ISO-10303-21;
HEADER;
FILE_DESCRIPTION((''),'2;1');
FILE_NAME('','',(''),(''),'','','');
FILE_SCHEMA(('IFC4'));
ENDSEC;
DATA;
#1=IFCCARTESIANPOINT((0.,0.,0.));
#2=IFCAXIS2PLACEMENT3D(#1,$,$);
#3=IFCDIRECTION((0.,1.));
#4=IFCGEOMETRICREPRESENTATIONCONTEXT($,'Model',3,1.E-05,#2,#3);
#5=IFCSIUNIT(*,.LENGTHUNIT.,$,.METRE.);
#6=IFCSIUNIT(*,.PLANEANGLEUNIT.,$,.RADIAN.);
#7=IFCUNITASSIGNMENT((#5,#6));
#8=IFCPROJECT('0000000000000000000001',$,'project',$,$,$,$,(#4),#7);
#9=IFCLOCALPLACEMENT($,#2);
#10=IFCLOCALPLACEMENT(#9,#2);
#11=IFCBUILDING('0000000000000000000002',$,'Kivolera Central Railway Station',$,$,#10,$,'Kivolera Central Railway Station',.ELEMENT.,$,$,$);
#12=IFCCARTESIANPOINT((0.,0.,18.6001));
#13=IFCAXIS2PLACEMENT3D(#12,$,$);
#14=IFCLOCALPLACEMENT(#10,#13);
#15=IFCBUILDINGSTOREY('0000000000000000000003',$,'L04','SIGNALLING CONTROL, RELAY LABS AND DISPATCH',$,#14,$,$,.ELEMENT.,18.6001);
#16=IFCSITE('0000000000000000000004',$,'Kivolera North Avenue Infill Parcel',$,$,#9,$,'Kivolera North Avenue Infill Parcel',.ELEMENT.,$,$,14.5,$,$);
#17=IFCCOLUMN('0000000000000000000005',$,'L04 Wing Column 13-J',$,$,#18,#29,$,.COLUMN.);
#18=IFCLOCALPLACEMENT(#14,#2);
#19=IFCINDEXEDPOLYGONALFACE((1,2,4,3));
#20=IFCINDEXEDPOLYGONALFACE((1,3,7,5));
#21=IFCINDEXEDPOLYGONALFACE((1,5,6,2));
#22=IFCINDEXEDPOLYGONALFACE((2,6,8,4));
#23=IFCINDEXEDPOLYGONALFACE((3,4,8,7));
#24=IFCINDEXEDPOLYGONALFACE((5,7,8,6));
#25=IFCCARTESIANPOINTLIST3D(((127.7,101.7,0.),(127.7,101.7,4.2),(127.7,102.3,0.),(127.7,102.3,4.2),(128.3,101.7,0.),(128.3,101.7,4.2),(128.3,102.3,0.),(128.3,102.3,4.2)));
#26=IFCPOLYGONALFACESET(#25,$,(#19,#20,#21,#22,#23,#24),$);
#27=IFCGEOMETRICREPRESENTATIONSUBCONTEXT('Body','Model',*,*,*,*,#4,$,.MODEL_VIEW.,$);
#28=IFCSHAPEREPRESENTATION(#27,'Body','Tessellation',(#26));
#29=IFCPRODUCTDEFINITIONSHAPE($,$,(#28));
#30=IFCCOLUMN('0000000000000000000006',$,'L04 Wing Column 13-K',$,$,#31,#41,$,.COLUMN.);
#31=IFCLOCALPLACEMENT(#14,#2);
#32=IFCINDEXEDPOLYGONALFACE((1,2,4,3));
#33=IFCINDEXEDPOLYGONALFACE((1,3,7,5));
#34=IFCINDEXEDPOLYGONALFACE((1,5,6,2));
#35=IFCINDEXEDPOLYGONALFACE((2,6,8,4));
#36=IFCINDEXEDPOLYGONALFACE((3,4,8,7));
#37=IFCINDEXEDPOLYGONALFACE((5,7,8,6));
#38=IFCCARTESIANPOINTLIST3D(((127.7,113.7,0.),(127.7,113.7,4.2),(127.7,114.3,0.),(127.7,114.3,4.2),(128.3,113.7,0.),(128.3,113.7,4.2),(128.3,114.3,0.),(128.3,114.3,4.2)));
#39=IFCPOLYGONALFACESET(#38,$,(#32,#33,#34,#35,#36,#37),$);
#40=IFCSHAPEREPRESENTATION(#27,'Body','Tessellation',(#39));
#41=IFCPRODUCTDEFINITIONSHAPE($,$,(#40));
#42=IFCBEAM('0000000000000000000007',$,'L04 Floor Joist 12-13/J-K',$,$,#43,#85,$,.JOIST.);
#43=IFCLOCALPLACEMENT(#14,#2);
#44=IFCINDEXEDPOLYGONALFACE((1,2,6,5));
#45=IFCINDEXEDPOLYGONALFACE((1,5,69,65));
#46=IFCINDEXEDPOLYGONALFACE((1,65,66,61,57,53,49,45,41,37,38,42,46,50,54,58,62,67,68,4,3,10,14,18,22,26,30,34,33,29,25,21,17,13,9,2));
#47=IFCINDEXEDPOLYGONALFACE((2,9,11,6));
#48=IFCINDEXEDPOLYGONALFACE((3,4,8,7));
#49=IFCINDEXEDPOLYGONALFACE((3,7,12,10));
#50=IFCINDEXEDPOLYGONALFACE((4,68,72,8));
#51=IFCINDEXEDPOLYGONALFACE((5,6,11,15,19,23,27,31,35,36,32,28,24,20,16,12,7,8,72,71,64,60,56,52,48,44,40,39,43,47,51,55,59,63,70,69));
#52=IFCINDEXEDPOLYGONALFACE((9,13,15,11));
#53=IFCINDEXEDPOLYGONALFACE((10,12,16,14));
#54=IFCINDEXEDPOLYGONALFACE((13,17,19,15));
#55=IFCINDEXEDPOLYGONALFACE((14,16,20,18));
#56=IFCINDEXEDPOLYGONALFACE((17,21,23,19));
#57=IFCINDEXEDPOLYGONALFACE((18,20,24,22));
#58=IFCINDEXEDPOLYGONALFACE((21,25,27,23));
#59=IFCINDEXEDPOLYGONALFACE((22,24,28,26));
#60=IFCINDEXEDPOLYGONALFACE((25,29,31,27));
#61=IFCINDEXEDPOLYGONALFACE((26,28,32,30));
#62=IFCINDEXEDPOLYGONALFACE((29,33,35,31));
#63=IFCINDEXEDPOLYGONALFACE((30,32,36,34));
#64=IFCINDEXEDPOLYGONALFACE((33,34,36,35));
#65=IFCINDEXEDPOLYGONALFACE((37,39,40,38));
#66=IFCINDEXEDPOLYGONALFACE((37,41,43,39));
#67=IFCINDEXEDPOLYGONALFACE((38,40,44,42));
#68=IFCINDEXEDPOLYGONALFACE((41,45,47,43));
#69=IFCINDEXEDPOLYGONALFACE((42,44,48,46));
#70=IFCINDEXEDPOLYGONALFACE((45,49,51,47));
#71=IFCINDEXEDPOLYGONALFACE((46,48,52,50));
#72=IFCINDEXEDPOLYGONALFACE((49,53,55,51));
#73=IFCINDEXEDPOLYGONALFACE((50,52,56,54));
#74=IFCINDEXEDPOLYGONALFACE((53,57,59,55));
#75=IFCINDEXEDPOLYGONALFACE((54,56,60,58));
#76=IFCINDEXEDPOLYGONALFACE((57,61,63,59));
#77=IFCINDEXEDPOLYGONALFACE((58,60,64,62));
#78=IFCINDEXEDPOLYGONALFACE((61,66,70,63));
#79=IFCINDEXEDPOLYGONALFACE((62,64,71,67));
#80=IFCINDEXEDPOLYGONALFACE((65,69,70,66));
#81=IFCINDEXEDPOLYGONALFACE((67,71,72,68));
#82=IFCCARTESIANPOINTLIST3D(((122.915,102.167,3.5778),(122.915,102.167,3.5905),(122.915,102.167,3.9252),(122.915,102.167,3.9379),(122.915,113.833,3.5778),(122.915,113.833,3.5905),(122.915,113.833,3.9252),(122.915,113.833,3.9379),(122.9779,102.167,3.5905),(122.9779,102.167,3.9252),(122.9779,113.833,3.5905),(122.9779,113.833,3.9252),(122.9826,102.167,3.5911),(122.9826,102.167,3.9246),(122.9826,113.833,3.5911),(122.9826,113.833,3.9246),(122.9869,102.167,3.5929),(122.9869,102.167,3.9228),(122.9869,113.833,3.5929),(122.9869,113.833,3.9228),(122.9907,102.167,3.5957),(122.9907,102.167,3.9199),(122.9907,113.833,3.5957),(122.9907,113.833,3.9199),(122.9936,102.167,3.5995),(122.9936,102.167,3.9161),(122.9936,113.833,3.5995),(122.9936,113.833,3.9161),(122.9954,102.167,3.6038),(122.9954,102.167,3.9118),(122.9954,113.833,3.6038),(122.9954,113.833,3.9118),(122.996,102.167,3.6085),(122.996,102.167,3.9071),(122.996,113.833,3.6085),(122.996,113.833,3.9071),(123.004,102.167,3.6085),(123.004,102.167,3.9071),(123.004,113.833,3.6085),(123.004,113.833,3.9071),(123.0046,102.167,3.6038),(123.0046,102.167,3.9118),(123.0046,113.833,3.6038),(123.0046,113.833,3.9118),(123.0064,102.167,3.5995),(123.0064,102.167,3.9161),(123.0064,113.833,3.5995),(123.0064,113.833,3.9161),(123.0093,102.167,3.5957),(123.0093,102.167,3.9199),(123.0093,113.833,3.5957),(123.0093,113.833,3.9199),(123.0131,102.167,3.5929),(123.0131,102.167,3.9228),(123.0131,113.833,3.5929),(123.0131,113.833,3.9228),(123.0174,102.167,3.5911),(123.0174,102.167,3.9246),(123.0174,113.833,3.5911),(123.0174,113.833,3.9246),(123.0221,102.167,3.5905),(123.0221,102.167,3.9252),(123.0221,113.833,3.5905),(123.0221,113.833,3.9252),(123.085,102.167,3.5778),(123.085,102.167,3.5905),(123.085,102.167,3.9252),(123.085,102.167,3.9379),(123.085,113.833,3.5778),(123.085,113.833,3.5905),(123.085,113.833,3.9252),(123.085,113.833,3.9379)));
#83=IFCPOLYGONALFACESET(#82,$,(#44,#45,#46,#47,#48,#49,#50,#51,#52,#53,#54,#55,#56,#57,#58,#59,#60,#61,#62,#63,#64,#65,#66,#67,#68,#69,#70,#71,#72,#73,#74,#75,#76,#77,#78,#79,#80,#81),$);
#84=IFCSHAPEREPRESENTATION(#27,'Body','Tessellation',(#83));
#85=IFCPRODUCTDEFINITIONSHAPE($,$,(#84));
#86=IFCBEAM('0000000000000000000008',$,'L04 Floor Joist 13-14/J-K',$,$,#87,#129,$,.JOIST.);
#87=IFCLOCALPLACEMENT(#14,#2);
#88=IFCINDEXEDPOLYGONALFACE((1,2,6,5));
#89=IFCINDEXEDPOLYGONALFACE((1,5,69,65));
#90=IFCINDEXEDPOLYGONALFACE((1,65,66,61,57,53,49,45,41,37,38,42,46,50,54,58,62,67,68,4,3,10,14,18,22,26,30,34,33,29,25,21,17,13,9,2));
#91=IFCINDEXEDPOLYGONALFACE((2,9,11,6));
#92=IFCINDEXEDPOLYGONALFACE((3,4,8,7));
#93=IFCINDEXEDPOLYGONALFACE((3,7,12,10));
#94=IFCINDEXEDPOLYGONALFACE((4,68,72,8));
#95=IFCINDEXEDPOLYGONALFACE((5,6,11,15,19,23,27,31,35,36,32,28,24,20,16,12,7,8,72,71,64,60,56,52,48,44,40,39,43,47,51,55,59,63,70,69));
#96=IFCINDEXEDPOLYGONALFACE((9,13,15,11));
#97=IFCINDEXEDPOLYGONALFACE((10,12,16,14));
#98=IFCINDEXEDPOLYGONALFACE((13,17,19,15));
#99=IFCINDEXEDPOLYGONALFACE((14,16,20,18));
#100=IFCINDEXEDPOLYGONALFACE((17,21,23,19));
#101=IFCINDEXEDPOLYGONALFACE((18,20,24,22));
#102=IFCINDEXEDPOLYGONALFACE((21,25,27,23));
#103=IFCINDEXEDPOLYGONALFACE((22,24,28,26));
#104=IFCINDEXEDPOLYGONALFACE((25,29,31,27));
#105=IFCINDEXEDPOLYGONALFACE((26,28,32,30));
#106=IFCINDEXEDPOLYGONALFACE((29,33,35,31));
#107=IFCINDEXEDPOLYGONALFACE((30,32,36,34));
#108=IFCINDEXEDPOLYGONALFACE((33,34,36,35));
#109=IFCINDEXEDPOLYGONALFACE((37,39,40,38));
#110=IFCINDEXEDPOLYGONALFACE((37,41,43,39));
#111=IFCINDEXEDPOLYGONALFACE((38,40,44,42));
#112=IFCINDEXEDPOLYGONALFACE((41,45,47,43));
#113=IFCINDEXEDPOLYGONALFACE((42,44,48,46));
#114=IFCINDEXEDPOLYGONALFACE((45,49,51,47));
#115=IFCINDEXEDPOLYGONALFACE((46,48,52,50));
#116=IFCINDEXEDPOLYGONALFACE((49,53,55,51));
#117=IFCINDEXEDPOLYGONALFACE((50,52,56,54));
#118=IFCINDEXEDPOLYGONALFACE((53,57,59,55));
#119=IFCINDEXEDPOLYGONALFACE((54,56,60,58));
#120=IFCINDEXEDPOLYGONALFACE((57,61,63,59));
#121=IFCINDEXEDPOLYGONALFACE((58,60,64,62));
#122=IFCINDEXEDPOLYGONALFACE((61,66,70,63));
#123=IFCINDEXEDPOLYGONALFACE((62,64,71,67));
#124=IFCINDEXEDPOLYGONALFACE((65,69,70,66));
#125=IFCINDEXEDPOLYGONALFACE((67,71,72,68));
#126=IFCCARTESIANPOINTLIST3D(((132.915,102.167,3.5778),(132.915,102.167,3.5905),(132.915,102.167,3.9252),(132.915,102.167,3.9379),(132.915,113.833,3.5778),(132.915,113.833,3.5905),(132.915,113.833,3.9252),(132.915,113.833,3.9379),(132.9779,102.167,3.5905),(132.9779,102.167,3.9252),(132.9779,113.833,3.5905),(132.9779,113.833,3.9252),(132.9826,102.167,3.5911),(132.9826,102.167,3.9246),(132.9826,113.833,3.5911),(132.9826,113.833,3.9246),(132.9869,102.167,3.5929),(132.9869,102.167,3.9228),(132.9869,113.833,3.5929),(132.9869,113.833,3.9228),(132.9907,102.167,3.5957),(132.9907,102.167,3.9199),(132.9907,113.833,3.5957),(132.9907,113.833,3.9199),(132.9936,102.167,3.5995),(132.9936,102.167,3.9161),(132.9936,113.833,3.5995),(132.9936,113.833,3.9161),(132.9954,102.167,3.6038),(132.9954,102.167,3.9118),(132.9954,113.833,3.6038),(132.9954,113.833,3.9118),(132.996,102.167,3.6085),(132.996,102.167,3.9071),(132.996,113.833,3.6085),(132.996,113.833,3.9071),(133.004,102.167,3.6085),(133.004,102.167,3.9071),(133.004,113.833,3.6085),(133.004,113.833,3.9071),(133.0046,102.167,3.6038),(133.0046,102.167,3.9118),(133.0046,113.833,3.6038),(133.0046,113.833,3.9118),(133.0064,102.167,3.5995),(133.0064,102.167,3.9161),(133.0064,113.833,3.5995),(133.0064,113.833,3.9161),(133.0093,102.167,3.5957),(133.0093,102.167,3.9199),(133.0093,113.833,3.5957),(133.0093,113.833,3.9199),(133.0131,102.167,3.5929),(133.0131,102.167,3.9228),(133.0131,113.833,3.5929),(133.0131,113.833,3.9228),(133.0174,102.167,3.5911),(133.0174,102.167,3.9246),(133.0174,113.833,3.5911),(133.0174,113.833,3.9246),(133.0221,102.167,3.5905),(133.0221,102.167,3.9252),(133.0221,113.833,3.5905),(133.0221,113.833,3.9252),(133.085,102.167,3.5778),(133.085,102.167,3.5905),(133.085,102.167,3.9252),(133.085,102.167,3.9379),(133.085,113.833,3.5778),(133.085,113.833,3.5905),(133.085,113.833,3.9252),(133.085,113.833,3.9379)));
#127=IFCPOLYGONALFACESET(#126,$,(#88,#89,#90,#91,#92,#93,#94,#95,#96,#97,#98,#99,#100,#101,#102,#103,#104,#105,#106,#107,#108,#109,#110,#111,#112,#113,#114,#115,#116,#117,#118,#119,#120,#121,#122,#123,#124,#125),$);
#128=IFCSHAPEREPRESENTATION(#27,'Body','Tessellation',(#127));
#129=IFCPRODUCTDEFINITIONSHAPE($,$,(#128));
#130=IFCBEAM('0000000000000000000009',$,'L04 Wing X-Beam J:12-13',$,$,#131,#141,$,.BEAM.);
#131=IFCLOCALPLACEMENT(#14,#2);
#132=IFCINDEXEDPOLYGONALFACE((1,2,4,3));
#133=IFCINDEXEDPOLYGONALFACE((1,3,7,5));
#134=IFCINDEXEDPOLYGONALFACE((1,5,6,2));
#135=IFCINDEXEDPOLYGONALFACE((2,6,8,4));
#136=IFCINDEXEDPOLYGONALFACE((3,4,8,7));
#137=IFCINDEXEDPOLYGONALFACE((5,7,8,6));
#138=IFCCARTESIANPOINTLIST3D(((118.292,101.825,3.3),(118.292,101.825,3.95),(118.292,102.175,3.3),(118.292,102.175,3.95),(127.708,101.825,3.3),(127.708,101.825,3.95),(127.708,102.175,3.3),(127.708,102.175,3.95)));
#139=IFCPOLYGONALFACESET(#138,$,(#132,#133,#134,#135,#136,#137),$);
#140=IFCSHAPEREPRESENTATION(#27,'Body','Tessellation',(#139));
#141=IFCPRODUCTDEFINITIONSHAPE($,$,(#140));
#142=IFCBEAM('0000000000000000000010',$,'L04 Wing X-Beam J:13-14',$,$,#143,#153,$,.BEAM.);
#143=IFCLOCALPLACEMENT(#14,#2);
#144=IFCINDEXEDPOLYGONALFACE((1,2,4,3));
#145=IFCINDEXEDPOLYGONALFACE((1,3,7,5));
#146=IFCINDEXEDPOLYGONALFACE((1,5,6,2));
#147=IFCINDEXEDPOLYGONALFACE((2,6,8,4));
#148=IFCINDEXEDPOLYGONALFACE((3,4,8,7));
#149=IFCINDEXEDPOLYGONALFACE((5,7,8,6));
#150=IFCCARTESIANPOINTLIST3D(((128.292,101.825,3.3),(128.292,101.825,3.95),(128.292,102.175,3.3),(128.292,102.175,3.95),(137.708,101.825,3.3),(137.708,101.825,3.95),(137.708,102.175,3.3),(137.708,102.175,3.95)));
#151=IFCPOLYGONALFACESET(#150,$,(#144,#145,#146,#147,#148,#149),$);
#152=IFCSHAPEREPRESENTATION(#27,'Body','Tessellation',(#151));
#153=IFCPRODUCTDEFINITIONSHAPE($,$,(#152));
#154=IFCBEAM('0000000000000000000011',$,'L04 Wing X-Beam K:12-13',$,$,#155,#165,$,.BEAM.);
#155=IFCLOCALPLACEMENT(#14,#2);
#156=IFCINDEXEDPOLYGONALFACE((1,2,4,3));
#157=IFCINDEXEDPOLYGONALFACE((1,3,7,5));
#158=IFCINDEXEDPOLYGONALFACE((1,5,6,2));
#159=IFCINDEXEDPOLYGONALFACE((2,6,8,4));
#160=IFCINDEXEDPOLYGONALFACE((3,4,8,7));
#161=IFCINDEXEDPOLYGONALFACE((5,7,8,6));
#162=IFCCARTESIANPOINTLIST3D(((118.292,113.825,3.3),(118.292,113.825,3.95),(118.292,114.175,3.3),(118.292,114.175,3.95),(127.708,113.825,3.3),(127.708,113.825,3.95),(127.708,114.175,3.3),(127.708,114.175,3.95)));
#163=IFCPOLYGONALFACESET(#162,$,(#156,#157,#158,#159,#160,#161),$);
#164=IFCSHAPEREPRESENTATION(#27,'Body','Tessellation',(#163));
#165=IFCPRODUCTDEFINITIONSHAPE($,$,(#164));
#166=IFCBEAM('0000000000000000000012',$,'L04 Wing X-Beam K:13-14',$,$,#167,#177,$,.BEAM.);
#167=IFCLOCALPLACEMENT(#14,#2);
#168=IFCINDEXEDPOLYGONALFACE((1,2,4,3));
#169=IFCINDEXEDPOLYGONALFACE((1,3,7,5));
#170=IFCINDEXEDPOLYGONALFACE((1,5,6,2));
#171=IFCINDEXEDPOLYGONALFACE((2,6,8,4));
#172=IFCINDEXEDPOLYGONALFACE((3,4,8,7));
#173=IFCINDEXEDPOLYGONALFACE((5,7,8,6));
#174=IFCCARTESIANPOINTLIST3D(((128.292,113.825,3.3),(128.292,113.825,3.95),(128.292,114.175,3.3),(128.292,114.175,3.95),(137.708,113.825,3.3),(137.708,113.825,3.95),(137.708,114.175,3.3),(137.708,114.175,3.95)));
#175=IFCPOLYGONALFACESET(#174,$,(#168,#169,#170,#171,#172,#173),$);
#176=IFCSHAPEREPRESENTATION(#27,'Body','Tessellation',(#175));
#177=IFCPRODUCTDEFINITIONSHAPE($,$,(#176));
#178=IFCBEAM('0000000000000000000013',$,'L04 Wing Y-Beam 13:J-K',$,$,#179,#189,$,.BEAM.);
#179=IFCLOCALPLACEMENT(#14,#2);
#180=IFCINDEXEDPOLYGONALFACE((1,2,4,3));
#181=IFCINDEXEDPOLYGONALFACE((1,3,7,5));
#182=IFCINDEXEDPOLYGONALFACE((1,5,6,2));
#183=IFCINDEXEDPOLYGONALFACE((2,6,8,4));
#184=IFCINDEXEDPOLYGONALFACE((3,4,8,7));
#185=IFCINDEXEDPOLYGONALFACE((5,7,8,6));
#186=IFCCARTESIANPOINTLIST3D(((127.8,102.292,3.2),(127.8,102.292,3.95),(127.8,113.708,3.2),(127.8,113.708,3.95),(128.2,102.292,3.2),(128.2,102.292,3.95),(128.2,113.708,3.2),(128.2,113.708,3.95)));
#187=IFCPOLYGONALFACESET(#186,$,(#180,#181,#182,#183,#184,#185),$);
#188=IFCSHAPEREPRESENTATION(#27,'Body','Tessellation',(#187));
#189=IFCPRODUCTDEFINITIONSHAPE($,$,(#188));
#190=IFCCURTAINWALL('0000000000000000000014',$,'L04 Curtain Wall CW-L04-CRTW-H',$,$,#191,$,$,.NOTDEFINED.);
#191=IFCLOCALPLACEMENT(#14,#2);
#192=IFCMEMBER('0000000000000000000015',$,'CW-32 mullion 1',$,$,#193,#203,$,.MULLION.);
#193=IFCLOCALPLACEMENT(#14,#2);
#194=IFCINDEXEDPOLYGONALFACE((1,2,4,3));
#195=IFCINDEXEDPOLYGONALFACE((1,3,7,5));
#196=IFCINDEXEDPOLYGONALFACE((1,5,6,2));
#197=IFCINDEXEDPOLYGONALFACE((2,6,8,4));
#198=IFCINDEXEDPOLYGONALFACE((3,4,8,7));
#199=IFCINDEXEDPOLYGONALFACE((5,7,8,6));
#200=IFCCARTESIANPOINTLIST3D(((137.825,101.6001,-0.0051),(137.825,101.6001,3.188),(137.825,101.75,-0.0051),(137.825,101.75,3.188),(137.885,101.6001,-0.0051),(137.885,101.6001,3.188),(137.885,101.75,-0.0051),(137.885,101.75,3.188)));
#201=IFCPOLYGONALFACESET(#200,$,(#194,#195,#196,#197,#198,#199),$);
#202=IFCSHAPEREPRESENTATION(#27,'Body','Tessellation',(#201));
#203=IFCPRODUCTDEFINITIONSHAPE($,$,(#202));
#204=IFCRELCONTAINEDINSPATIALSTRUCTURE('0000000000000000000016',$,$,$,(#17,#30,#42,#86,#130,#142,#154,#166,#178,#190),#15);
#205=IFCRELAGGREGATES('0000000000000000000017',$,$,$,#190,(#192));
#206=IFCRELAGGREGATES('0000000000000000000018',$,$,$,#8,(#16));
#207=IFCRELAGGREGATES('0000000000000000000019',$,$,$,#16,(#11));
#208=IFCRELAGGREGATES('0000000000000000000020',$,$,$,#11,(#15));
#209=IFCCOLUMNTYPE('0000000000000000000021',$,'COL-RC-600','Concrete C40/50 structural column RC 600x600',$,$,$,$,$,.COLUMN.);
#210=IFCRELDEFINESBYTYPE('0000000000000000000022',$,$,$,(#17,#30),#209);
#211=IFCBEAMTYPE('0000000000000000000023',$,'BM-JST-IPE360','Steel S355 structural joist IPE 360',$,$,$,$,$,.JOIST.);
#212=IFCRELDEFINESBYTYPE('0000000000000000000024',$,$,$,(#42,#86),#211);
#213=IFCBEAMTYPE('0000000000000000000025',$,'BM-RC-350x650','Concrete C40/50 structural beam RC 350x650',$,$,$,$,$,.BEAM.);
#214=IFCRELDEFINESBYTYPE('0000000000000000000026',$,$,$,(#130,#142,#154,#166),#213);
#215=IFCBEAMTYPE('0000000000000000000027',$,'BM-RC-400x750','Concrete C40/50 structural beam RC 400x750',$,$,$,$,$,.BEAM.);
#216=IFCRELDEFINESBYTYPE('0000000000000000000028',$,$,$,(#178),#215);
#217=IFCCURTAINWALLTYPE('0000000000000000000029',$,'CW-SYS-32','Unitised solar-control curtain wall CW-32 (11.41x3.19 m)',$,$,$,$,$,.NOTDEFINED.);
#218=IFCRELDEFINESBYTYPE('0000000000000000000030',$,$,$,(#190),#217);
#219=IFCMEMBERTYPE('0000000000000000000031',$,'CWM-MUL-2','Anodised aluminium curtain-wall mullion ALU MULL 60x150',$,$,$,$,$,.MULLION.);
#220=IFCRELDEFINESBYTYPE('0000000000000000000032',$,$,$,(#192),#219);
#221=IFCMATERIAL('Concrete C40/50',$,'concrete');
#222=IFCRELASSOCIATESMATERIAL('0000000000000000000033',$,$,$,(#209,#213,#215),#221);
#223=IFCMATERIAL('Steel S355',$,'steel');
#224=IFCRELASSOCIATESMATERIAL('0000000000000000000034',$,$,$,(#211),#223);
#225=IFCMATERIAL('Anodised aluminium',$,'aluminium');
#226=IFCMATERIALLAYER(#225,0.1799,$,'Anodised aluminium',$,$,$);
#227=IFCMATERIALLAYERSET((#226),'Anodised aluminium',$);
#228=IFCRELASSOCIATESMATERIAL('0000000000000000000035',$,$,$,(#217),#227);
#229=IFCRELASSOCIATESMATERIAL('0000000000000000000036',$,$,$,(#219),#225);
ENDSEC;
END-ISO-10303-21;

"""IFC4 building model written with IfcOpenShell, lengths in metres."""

from ifc_helpers import new_model, si_unit, direction, frame, origin, origin_2d, place, context, subcontext, project, spatial, rectangle, i_section, extrude, material, layer, layer_set, material_profile, profile_set, type_object, element, aggregate, save


model = new_model("IFC4")

# Units and contexts
model_context = context("Model", 3, precision=1e-05, world=origin(), true_north=direction((0.0, 1.0)))
body_context = subcontext(model_context, "Body", "Model", "MODEL_VIEW")
ifc_project = project(units=[si_unit("LENGTHUNIT", "METRE"), si_unit("PLANEANGLEUNIT", "RADIAN")], contexts=[model_context])

# Site, building, storey
site_placement = place(None, origin())
site = spatial("IfcSite", under=ifc_project, at=site_placement, Name="Kivolera North Avenue Infill Parcel", LongName="Kivolera North Avenue Infill Parcel", CompositionType="ELEMENT", RefElevation=14.5)
building_placement = place(site_placement, origin())
building = spatial("IfcBuilding", under=site, at=building_placement, Name="Kivolera Central Railway Station", LongName="Kivolera Central Railway Station", CompositionType="ELEMENT")
storey_placement = place(building_placement, frame((0.0, 0.0, 18.6001)))
storey = spatial("IfcBuildingStorey", under=building, at=storey_placement, Name="L04", Description="SIGNALLING CONTROL, RELAY LABS AND DISPATCH", CompositionType="ELEMENT", Elevation=18.6001)

# Columns
ifc_material_1 = material(Name="Concrete C40/50", Category="concrete")
ifc_material_profile_1 = material_profile(ifc_material_1, rectangle(XDim=0.6001, YDim=0.6001, at=origin_2d()), Name="RC 600x600")
ifc_profile_set_1 = profile_set([ifc_material_profile_1], Name="Concrete C40/50")
column_type = type_object("IfcColumnType", Name="COL-RC-600", Description="Concrete C40/50 structural column RC 600x600", PredefinedType="COLUMN", material=ifc_profile_set_1)
for number, where, z_axis, x_axis, name in (
    (1, (128.0, 102.0, 0.0), (0.0, 0.0, 1.0), (1.0, 0.0, 0.0), "L04 Wing Column 13-J"),
    (2, (128.0, 114.0, 0.0), (0.0, 0.0, 1.0), (1.0, 0.0, 0.0), "L04 Wing Column 13-K"),
):
    element("IfcColumn", number, at=place(storey_placement, frame(where, z_axis=z_axis, x_axis=x_axis)), inside=storey, type_object=column_type, Name=name, PredefinedType="COLUMN", context=body_context, shape_type="SweptSolid", body=[
        extrude(rectangle(XDim=0.6001, YDim=0.6001, at=origin_2d()), origin(), (0.0, 0.0, 1.0), 4.2),
    ])

# Beams
ifc_material_2 = material(Name="Steel S355", Category="steel")
ifc_material_profile_2 = material_profile(ifc_material_2, i_section(OverallWidth=0.1699, OverallDepth=0.3601, WebThickness=0.0081, FlangeThickness=0.0127, FilletRadius=0.0181, at=origin_2d()), Name="IPE 360")
ifc_profile_set_2 = profile_set([ifc_material_profile_2], Name="Steel S355")
beam_type_1 = type_object("IfcBeamType", Name="BM-JST-IPE360", Description="Steel S355 structural joist IPE 360", PredefinedType="JOIST", material=ifc_profile_set_2)
for number, where, z_axis, x_axis, name in (
    (3, (123.0, 102.167, 3.7578), (0.0, 1.0, 0.0), (-1.0, 0.0, 0.0), "L04 Floor Joist 12-13/J-K"),
    (4, (133.0, 102.167, 3.7578), (0.0, 1.0, 0.0), (-1.0, 0.0, 0.0), "L04 Floor Joist 13-14/J-K"),
):
    element("IfcBeam", number, at=place(storey_placement, frame(where, z_axis=z_axis, x_axis=x_axis)), inside=storey, type_object=beam_type_1, Name=name, PredefinedType="JOIST", context=body_context, shape_type="SweptSolid", body=[
        extrude(i_section(OverallWidth=0.1699, OverallDepth=0.3601, WebThickness=0.0081, FlangeThickness=0.0127, FilletRadius=0.0181, at=origin_2d()), origin(), (0.0, 0.0, 1.0), 11.666),
    ])
ifc_material_profile_3 = material_profile(ifc_material_1, rectangle(XDim=0.3501, YDim=0.6499, at=origin_2d()), Name="RC 350x650")
ifc_profile_set_3 = profile_set([ifc_material_profile_3], Name="Concrete C40/50")
beam_type_2 = type_object("IfcBeamType", Name="BM-RC-350x650", Description="Concrete C40/50 structural beam RC 350x650", PredefinedType="BEAM", material=ifc_profile_set_3)
for number, where, z_axis, x_axis, name in (
    (5, (118.292, 102.0, 3.625), (1.0, 0.0, 0.0), (0.0, 1.0, 0.0), "L04 Wing X-Beam J:12-13"),
    (6, (128.292, 102.0, 3.625), (1.0, 0.0, 0.0), (0.0, 1.0, 0.0), "L04 Wing X-Beam J:13-14"),
    (7, (118.292, 114.0, 3.625), (1.0, 0.0, 0.0), (0.0, 1.0, 0.0), "L04 Wing X-Beam K:12-13"),
    (8, (128.292, 114.0, 3.625), (1.0, 0.0, 0.0), (0.0, 1.0, 0.0), "L04 Wing X-Beam K:13-14"),
):
    element("IfcBeam", number, at=place(storey_placement, frame(where, z_axis=z_axis, x_axis=x_axis)), inside=storey, type_object=beam_type_2, Name=name, PredefinedType="BEAM", context=body_context, shape_type="SweptSolid", body=[
        extrude(rectangle(XDim=0.3501, YDim=0.6499, at=origin_2d()), origin(), (0.0, 0.0, 1.0), 9.416),
    ])
ifc_material_profile_4 = material_profile(ifc_material_1, rectangle(XDim=0.3999, YDim=0.75, at=origin_2d()), Name="RC 400x750")
ifc_profile_set_4 = profile_set([ifc_material_profile_4], Name="Concrete C40/50")
beam_type_3 = type_object("IfcBeamType", Name="BM-RC-400x750", Description="Concrete C40/50 structural beam RC 400x750", PredefinedType="BEAM", material=ifc_profile_set_4)
beam_placement = place(storey_placement, frame((128.0, 102.292, 3.575), z_axis=(0.0, 1.0, 0.0), x_axis=(-1.0, 0.0, 0.0)))
element("IfcBeam", 9, at=beam_placement, inside=storey, type_object=beam_type_3, Name="L04 Wing Y-Beam 13:J-K", PredefinedType="BEAM", context=body_context, shape_type="SweptSolid", body=[
    extrude(rectangle(XDim=0.3999, YDim=0.75, at=origin_2d()), origin(), (0.0, 0.0, 1.0), 11.416),
])

# Curtain wall, member
ifc_material_3 = material(Name="Anodised aluminium", Category="aluminium")
ifc_layer_1 = layer(ifc_material_3, 0.1799, Name="Anodised aluminium")
ifc_layer_set_1 = layer_set([ifc_layer_1], Name="Anodised aluminium")
curtain_wall_type = type_object("IfcCurtainWallType", Name="CW-SYS-32", Description="Unitised solar-control curtain wall CW-32 (11.41x3.19 m)", PredefinedType="NOTDEFINED", material=ifc_layer_set_1)
curtain_wall_1_placement = place(storey_placement, origin())
curtain_wall_1 = element("IfcCurtainWall", 10, at=curtain_wall_1_placement, inside=storey, type_object=curtain_wall_type, Name="L04 Curtain Wall CW-L04-CRTW-H", PredefinedType="NOTDEFINED")
ifc_material_profile_5 = material_profile(ifc_material_3, rectangle(XDim=0.0601, YDim=0.1499, at=origin_2d()), Name="ALU MULL 60x150")
ifc_profile_set_5 = profile_set([ifc_material_profile_5], Name="Anodised aluminium")
member_type_1 = type_object("IfcMemberType", Name="CWM-MUL-2", Description="Anodised aluminium curtain-wall mullion ALU MULL 60x150", PredefinedType="MULLION", material=ifc_profile_set_5)
member_1_placement = place(storey_placement, frame((137.855, 101.675, -0.0051), z_axis=(0.0, 0.0, 1.0), x_axis=(1.0, 0.0, 0.0)))
member_1 = element("IfcMember", 11, at=member_1_placement, type_object=member_type_1, Name="CW-32 mullion 1", PredefinedType="MULLION", context=body_context, shape_type="SweptSolid", body=[
    extrude(rectangle(XDim=0.0601, YDim=0.1499, at=origin_2d()), origin(), (0.0, 0.0, 1.0), 3.1931),
])

aggregate(curtain_wall_1, [member_1])

save(model, "model.ifc")
